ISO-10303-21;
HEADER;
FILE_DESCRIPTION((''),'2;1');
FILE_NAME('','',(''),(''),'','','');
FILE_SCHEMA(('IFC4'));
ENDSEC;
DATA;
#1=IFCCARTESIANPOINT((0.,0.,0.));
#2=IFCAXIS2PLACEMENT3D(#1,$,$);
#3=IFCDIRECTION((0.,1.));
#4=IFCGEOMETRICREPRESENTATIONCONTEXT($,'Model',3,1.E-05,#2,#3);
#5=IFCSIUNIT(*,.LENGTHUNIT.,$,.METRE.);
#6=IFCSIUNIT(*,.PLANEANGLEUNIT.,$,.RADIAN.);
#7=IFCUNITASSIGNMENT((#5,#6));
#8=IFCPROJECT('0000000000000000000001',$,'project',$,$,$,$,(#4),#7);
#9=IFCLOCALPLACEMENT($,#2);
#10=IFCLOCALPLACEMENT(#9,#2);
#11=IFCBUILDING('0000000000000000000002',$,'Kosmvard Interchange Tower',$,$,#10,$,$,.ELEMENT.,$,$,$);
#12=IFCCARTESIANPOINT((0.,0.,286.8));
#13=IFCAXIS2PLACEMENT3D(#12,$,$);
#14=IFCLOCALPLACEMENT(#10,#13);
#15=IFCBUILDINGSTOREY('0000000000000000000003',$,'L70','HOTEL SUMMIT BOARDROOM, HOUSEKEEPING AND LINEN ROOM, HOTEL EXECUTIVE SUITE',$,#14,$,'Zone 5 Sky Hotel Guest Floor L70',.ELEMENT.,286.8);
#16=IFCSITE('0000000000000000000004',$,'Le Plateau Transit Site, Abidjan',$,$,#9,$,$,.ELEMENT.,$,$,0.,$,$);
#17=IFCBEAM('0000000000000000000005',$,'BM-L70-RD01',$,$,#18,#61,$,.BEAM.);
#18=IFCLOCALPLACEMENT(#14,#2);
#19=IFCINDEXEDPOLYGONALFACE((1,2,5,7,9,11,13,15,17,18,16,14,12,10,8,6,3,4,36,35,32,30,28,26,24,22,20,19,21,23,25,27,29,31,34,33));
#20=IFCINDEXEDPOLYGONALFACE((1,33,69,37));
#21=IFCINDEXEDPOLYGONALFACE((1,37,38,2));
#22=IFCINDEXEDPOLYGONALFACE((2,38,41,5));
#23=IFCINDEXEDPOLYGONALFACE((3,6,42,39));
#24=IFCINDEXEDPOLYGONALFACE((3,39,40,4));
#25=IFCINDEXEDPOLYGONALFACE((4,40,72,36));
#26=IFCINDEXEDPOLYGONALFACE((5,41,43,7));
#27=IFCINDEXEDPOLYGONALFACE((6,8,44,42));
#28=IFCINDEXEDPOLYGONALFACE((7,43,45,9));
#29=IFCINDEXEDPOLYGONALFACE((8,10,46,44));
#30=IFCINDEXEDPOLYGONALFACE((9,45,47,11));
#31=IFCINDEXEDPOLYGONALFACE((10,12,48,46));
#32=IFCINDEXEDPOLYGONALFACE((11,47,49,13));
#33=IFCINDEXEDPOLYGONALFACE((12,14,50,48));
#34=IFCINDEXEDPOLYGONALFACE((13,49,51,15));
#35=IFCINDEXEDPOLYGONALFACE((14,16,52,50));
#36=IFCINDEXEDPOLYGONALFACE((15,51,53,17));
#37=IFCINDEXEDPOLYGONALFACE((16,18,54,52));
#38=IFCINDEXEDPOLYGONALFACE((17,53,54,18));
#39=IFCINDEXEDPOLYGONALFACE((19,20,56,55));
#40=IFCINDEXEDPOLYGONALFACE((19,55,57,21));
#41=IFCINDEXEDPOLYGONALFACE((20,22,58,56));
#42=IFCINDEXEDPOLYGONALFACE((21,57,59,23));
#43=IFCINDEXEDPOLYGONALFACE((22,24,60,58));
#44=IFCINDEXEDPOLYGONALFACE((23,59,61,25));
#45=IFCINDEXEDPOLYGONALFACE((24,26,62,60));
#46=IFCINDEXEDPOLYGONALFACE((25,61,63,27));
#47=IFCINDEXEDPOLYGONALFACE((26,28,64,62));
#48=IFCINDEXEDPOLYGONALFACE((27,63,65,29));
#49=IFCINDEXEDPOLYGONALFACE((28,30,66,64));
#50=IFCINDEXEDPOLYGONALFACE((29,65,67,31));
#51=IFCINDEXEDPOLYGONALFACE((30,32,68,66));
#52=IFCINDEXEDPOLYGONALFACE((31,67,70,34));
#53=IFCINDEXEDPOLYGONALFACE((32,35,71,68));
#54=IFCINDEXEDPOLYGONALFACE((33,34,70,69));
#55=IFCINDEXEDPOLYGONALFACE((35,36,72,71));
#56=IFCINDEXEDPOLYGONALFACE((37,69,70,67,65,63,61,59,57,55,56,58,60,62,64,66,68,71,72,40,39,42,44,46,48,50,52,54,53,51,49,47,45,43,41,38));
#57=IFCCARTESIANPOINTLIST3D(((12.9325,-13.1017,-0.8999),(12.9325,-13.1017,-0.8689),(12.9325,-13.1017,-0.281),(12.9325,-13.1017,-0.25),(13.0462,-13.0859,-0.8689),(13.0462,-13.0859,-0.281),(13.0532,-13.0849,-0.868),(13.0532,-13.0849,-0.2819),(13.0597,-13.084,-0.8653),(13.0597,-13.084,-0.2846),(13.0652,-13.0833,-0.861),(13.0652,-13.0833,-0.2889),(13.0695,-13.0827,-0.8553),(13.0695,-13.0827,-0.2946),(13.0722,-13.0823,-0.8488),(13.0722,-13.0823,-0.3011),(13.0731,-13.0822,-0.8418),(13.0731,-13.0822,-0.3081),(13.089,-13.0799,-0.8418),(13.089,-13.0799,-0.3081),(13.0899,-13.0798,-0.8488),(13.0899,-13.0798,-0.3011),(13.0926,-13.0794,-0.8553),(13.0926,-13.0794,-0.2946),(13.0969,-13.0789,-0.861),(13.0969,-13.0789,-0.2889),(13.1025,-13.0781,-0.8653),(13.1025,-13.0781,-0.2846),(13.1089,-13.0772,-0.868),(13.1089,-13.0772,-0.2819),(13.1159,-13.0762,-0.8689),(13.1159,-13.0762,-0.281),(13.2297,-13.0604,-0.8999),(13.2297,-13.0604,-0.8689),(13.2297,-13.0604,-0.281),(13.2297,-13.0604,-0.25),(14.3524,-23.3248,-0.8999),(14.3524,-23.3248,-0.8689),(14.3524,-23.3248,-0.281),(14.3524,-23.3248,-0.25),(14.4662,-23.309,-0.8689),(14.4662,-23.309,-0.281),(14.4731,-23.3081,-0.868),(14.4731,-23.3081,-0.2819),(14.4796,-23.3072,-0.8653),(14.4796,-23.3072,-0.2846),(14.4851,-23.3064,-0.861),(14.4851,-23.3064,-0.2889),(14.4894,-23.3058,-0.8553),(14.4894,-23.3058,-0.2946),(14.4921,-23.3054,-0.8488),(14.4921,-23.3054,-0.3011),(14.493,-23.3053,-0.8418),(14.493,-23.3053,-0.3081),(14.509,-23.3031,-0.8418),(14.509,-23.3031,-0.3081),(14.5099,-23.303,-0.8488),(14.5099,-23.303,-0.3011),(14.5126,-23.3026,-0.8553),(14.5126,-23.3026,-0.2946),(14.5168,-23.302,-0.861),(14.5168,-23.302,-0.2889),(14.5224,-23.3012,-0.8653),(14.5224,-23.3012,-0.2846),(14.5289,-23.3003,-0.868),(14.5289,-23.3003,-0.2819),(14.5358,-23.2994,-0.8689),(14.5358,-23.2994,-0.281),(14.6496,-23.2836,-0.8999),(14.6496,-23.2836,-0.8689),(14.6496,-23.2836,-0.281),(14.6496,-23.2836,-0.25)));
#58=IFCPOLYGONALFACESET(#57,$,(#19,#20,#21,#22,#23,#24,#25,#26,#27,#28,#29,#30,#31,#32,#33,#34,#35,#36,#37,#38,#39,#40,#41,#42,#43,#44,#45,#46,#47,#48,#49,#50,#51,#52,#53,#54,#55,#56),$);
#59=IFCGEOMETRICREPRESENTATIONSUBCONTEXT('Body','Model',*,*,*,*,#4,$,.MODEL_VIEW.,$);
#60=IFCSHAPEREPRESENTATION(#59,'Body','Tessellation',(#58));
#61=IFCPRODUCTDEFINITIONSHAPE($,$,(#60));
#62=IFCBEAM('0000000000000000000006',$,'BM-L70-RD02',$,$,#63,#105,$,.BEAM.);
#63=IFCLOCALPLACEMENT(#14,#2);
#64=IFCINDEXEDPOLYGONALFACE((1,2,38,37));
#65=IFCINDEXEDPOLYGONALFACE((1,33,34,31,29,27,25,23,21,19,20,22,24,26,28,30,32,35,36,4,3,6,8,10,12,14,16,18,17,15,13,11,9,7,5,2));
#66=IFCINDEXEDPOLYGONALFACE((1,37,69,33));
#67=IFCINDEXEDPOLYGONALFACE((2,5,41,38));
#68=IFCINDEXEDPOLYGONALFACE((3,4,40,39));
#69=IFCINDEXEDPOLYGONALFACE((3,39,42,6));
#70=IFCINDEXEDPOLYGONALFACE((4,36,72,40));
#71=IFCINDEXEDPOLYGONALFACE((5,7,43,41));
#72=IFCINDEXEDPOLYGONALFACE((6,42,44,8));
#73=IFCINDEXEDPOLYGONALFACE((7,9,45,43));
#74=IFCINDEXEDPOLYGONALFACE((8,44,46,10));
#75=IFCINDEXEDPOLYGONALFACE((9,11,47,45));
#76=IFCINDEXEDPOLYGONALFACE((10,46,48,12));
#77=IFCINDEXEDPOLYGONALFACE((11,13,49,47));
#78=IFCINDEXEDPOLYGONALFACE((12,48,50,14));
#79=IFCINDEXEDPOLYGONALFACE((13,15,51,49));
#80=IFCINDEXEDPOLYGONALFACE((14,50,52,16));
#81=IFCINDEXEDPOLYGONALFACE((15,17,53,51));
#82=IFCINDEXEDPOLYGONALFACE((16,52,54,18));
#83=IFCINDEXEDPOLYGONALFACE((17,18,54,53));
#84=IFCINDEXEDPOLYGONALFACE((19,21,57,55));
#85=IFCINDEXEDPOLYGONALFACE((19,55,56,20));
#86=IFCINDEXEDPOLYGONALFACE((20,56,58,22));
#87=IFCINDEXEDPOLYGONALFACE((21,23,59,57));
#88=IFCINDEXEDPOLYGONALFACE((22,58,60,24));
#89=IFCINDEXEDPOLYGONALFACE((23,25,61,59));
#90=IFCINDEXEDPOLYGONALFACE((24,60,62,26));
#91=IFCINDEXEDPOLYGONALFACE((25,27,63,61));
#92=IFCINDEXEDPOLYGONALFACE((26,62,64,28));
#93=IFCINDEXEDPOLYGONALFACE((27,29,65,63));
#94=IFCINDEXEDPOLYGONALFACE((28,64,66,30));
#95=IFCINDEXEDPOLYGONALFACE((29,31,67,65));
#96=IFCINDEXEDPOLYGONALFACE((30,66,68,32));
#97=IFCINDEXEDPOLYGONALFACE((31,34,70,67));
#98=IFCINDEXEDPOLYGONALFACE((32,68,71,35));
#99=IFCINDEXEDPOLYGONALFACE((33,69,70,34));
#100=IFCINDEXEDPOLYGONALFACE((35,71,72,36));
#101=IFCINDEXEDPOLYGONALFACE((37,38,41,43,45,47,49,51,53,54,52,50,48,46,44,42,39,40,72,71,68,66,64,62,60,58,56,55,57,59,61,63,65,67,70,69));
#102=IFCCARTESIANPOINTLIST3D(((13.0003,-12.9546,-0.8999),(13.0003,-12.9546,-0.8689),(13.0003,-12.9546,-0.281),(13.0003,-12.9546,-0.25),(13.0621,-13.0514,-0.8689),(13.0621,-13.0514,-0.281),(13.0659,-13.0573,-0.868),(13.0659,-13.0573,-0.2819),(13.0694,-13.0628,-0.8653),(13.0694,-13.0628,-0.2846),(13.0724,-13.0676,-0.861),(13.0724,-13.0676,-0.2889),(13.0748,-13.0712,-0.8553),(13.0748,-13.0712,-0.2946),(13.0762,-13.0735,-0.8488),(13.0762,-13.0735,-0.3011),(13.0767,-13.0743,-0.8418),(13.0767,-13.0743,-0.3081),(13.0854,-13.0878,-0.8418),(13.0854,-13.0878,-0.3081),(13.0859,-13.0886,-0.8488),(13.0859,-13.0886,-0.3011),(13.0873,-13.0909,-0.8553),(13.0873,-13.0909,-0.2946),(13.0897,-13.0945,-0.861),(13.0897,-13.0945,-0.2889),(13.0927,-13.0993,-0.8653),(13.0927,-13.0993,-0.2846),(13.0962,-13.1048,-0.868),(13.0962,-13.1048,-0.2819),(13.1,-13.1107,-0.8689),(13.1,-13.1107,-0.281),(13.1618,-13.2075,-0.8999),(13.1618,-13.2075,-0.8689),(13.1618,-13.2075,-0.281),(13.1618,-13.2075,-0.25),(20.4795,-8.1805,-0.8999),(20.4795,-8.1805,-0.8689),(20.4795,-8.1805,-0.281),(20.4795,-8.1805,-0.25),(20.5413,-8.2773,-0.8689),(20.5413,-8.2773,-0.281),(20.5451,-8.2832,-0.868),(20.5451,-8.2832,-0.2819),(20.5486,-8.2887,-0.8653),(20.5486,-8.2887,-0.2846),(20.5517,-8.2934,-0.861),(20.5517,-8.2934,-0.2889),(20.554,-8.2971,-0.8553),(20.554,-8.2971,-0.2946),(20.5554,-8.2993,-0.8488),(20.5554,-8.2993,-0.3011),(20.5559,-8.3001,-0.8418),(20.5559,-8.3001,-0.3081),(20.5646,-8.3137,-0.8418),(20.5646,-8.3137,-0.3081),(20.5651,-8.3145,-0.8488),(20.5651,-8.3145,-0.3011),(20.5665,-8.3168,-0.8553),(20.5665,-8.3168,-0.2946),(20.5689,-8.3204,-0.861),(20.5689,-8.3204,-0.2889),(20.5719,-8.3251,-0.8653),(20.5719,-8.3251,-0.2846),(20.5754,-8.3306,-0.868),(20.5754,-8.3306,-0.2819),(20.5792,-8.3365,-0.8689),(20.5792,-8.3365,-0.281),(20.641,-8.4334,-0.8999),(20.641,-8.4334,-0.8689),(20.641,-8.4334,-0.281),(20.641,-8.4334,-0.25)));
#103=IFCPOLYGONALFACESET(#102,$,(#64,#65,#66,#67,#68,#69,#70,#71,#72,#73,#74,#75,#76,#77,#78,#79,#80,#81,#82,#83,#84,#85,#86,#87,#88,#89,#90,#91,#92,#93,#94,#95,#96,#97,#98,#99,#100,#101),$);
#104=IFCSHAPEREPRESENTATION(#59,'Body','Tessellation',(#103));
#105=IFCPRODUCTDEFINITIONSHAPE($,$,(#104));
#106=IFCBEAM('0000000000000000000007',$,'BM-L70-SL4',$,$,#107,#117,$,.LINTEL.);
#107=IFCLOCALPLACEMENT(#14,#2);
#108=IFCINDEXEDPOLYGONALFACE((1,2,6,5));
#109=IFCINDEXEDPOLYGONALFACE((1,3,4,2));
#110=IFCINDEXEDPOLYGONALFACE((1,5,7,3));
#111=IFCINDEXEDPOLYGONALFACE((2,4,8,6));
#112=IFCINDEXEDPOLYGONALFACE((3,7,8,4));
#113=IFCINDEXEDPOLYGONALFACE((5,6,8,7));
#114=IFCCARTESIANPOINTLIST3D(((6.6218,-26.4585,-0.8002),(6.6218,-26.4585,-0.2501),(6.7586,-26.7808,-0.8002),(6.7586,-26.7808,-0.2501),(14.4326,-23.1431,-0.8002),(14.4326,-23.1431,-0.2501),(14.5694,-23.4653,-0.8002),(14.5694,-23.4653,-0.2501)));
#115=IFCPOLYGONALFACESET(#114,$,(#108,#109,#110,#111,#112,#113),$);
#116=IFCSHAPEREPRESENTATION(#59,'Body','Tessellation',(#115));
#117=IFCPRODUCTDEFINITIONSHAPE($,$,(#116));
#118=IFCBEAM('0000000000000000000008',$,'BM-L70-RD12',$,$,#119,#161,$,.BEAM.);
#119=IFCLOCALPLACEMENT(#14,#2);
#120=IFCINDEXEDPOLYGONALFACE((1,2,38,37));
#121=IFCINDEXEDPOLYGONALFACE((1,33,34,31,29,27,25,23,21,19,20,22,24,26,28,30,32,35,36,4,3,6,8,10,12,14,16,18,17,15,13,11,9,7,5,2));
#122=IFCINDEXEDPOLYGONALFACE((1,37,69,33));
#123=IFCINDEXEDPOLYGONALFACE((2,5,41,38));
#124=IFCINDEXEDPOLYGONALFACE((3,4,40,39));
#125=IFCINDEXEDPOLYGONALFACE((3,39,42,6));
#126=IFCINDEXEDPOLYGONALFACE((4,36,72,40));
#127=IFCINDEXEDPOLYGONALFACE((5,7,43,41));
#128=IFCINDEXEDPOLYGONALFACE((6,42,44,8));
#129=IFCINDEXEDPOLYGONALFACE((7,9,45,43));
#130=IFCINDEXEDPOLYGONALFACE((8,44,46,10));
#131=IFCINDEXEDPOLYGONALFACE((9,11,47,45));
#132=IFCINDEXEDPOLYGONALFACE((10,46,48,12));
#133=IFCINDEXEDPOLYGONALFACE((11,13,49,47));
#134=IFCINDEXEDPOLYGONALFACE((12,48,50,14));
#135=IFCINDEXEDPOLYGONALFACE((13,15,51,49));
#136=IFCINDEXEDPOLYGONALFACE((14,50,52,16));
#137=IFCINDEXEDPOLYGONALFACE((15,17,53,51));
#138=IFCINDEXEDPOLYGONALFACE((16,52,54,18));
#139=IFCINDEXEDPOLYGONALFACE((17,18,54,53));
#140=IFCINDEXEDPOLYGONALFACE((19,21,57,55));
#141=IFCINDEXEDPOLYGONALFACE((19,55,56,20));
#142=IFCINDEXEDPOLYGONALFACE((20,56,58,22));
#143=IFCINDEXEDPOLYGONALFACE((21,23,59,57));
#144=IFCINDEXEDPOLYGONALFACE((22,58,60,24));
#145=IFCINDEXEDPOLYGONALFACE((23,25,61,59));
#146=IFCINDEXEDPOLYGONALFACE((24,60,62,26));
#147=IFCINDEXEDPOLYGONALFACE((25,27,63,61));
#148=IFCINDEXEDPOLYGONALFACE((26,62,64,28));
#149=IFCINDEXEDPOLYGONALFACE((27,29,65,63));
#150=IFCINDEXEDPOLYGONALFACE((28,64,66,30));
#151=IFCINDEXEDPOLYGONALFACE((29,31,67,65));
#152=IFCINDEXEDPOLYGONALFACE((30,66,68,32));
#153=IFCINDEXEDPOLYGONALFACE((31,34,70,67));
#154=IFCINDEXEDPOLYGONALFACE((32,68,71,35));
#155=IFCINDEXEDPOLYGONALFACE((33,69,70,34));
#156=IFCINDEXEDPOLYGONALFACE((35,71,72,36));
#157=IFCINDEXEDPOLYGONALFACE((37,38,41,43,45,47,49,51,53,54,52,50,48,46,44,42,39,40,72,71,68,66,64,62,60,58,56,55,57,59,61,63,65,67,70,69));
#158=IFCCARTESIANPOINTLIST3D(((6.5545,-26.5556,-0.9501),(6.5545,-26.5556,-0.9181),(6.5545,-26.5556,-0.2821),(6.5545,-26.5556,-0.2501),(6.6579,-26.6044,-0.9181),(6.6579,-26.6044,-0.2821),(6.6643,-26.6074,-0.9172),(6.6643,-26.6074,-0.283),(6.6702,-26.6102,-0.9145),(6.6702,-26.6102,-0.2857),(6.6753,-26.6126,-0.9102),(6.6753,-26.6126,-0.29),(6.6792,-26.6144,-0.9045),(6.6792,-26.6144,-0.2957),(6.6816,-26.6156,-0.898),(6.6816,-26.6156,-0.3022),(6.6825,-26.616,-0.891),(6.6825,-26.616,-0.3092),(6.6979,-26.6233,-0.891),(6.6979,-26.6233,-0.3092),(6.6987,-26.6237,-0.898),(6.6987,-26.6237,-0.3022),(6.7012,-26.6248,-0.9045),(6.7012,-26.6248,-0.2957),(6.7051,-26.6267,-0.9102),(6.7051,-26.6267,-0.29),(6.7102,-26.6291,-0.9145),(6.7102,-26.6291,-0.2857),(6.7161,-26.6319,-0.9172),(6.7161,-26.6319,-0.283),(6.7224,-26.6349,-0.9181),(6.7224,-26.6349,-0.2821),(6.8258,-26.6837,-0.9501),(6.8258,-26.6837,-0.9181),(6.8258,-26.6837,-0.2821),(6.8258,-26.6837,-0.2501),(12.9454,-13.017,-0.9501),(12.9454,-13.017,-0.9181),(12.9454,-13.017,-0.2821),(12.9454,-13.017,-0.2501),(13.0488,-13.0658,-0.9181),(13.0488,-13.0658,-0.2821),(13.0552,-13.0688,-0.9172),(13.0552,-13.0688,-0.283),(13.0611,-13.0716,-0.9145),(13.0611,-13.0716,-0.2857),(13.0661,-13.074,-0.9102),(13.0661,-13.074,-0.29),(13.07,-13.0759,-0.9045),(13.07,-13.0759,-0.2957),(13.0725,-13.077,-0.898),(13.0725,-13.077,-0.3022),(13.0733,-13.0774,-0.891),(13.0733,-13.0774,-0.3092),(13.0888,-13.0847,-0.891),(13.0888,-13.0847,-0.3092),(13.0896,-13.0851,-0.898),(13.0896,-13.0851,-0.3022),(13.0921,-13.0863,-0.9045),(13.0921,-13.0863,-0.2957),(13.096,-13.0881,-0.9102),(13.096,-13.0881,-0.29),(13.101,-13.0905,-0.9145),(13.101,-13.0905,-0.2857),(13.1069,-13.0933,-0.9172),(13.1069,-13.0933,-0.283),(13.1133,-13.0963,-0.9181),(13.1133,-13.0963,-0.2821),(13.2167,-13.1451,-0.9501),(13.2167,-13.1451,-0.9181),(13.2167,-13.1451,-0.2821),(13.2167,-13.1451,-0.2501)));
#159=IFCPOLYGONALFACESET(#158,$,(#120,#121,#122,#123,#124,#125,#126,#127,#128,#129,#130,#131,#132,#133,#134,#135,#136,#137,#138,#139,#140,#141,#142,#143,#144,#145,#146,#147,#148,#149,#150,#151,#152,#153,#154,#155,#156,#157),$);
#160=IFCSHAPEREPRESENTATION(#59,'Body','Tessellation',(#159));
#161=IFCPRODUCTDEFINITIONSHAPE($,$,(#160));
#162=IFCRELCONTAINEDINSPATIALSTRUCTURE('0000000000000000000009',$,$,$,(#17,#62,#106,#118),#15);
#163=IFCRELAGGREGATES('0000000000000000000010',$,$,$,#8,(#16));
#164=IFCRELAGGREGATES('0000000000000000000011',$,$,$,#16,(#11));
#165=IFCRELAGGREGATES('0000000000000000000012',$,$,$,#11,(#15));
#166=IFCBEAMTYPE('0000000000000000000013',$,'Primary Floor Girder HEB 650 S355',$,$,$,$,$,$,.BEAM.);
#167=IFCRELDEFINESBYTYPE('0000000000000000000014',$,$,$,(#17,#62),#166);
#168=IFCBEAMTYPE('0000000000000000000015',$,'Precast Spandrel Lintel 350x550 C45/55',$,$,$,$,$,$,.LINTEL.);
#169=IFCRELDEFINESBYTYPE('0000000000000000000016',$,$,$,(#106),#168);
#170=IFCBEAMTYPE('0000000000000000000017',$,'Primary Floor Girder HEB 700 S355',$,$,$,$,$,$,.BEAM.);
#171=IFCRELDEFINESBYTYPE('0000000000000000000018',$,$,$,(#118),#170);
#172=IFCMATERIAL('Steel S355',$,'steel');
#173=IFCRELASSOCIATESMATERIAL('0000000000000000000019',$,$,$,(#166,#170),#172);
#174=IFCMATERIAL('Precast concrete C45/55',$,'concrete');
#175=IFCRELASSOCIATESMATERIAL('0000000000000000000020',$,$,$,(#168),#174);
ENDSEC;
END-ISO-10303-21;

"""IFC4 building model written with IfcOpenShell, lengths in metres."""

from ifc_helpers import new_model, si_unit, direction, frame, origin, origin_2d, place, context, subcontext, project, spatial, rectangle, i_section, extrude, source, transform, mapped, material, material_profile, profile_set, type_object, element, save


model = new_model("IFC4")

# Units and contexts
model_context = context("Model", 3, precision=1e-05, world=origin(), true_north=direction((0.0, 1.0)))
body_context = subcontext(model_context, "Body", "Model", "MODEL_VIEW")
ifc_project = project(units=[si_unit("LENGTHUNIT", "METRE"), si_unit("PLANEANGLEUNIT", "RADIAN")], contexts=[model_context])

# Site, building, storey
site_placement = place(None, origin())
site = spatial("IfcSite", under=ifc_project, at=site_placement, Name="Le Plateau Transit Site, Abidjan", CompositionType="ELEMENT", RefElevation=0.0)
building_placement = place(site_placement, origin())
building = spatial("IfcBuilding", under=site, at=building_placement, Name="Kosmvard Interchange Tower", CompositionType="ELEMENT")
storey_placement = place(building_placement, frame((0.0, 0.0, 286.8)))
storey = spatial("IfcBuildingStorey", under=building, at=storey_placement, Name="L70", Description="HOTEL SUMMIT BOARDROOM, HOUSEKEEPING AND LINEN ROOM, HOTEL EXECUTIVE SUITE", LongName="Zone 5 Sky Hotel Guest Floor L70", CompositionType="ELEMENT", Elevation=286.8)

# Beams
ifc_material_1 = material(Name="Steel S355", Category="steel")
ifc_material_profile_1 = material_profile(ifc_material_1, i_section(OverallWidth=0.3, OverallDepth=0.6499, WebThickness=0.0161, FlangeThickness=0.031, FilletRadius=0.0271, at=origin_2d()), Name="HEB 650")
ifc_profile_set_1 = profile_set([ifc_material_profile_1], Name="Steel S355")
beam_type_1 = type_object("IfcBeamType", Name="Primary Floor Girder HEB 650 S355", PredefinedType="BEAM", material=ifc_profile_set_1)
shared_shape_1 = source(origin(), body_context, "Body", "SweptSolid", [
    extrude(i_section(OverallWidth=0.3, OverallDepth=0.6499, WebThickness=0.0161, FlangeThickness=0.031, FilletRadius=0.0271, at=origin_2d()), origin(), (0.0, 0.0, 1.0), 10.3213),
])
beam_1_placement = place(storey_placement, frame((13.0811, -13.0811, -0.575), z_axis=(0.137572, -0.990492, 0.0), x_axis=(0.990492, 0.137572, 0.0)))
element("IfcBeam", 1, at=beam_1_placement, inside=storey, type_object=beam_type_1, Name="BM-L70-RD01", PredefinedType="BEAM", context=body_context, shape_type="MappedRepresentation", body=[
    mapped(shared_shape_1, transform((0.0, 0.0, 0.0), scale=1.0)),
])
shared_shape_2 = source(origin(), body_context, "Body", "SweptSolid", [
    extrude(i_section(OverallWidth=0.3, OverallDepth=0.6499, WebThickness=0.0161, FlangeThickness=0.031, FilletRadius=0.0271, at=origin_2d()), origin(), (0.0, 0.0, 1.0), 8.873),
])
beam_2_placement = place(storey_placement, frame((13.0811, -13.0811, -0.575), z_axis=(0.842913, 0.53805, 0.0), x_axis=(-0.53805, 0.842913, 0.0)))
element("IfcBeam", 2, at=beam_2_placement, inside=storey, type_object=beam_type_1, Name="BM-L70-RD02", PredefinedType="BEAM", context=body_context, shape_type="MappedRepresentation", body=[
    mapped(shared_shape_2, transform((0.0, 0.0, 0.0), scale=1.0)),
])
ifc_material_2 = material(Name="Precast concrete C45/55", Category="concrete")
ifc_material_profile_2 = material_profile(ifc_material_2, rectangle(XDim=0.3501, YDim=0.55, at=origin_2d()), Name="SL 350x550")
ifc_profile_set_2 = profile_set([ifc_material_profile_2], Name="Precast concrete C45/55")
beam_type_2 = type_object("IfcBeamType", Name="Precast Spandrel Lintel 350x550 C45/55", PredefinedType="LINTEL", material=ifc_profile_set_2)
shared_shape_3 = source(origin(), body_context, "Body", "SweptSolid", [
    extrude(rectangle(XDim=0.3501, YDim=0.55, at=origin_2d()), origin(), (0.0, 0.0, 1.0), 8.4854),
])
beam_3_placement = place(storey_placement, frame((6.6902, -26.6196, -0.5251), z_axis=(0.920507, 0.390726, 0.0), x_axis=(-0.390726, 0.920507, 0.0)))
element("IfcBeam", 3, at=beam_3_placement, inside=storey, type_object=beam_type_2, Name="BM-L70-SL4", PredefinedType="LINTEL", context=body_context, shape_type="MappedRepresentation", body=[
    mapped(shared_shape_3, transform((0.0, 0.0, 0.0), scale=1.0)),
])
ifc_material_profile_3 = material_profile(ifc_material_1, i_section(OverallWidth=0.3, OverallDepth=0.7, WebThickness=0.0171, FlangeThickness=0.032, FilletRadius=0.0271, at=origin_2d()), Name="HEB 700")
ifc_profile_set_3 = profile_set([ifc_material_profile_3], Name="Steel S355")
beam_type_3 = type_object("IfcBeamType", Name="Primary Floor Girder HEB 700 S355", PredefinedType="BEAM", material=ifc_profile_set_3)
shared_shape_4 = source(origin(), body_context, "Body", "SweptSolid", [
    extrude(i_section(OverallWidth=0.3, OverallDepth=0.7, WebThickness=0.0171, FlangeThickness=0.032, FilletRadius=0.0271, at=origin_2d()), origin(), (0.0, 0.0, 1.0), 14.9712),
])
beam_4_placement = place(storey_placement, frame((13.0811, -13.0811, -0.6001), z_axis=(-0.426878, -0.904309, 0.0), x_axis=(0.904309, -0.426878, 0.0)))
element("IfcBeam", 4, at=beam_4_placement, inside=storey, type_object=beam_type_3, Name="BM-L70-RD12", PredefinedType="BEAM", context=body_context, shape_type="MappedRepresentation", body=[
    mapped(shared_shape_4, transform((0.0, 0.0, 0.0), scale=1.0)),
])

save(model, "model.ifc")
